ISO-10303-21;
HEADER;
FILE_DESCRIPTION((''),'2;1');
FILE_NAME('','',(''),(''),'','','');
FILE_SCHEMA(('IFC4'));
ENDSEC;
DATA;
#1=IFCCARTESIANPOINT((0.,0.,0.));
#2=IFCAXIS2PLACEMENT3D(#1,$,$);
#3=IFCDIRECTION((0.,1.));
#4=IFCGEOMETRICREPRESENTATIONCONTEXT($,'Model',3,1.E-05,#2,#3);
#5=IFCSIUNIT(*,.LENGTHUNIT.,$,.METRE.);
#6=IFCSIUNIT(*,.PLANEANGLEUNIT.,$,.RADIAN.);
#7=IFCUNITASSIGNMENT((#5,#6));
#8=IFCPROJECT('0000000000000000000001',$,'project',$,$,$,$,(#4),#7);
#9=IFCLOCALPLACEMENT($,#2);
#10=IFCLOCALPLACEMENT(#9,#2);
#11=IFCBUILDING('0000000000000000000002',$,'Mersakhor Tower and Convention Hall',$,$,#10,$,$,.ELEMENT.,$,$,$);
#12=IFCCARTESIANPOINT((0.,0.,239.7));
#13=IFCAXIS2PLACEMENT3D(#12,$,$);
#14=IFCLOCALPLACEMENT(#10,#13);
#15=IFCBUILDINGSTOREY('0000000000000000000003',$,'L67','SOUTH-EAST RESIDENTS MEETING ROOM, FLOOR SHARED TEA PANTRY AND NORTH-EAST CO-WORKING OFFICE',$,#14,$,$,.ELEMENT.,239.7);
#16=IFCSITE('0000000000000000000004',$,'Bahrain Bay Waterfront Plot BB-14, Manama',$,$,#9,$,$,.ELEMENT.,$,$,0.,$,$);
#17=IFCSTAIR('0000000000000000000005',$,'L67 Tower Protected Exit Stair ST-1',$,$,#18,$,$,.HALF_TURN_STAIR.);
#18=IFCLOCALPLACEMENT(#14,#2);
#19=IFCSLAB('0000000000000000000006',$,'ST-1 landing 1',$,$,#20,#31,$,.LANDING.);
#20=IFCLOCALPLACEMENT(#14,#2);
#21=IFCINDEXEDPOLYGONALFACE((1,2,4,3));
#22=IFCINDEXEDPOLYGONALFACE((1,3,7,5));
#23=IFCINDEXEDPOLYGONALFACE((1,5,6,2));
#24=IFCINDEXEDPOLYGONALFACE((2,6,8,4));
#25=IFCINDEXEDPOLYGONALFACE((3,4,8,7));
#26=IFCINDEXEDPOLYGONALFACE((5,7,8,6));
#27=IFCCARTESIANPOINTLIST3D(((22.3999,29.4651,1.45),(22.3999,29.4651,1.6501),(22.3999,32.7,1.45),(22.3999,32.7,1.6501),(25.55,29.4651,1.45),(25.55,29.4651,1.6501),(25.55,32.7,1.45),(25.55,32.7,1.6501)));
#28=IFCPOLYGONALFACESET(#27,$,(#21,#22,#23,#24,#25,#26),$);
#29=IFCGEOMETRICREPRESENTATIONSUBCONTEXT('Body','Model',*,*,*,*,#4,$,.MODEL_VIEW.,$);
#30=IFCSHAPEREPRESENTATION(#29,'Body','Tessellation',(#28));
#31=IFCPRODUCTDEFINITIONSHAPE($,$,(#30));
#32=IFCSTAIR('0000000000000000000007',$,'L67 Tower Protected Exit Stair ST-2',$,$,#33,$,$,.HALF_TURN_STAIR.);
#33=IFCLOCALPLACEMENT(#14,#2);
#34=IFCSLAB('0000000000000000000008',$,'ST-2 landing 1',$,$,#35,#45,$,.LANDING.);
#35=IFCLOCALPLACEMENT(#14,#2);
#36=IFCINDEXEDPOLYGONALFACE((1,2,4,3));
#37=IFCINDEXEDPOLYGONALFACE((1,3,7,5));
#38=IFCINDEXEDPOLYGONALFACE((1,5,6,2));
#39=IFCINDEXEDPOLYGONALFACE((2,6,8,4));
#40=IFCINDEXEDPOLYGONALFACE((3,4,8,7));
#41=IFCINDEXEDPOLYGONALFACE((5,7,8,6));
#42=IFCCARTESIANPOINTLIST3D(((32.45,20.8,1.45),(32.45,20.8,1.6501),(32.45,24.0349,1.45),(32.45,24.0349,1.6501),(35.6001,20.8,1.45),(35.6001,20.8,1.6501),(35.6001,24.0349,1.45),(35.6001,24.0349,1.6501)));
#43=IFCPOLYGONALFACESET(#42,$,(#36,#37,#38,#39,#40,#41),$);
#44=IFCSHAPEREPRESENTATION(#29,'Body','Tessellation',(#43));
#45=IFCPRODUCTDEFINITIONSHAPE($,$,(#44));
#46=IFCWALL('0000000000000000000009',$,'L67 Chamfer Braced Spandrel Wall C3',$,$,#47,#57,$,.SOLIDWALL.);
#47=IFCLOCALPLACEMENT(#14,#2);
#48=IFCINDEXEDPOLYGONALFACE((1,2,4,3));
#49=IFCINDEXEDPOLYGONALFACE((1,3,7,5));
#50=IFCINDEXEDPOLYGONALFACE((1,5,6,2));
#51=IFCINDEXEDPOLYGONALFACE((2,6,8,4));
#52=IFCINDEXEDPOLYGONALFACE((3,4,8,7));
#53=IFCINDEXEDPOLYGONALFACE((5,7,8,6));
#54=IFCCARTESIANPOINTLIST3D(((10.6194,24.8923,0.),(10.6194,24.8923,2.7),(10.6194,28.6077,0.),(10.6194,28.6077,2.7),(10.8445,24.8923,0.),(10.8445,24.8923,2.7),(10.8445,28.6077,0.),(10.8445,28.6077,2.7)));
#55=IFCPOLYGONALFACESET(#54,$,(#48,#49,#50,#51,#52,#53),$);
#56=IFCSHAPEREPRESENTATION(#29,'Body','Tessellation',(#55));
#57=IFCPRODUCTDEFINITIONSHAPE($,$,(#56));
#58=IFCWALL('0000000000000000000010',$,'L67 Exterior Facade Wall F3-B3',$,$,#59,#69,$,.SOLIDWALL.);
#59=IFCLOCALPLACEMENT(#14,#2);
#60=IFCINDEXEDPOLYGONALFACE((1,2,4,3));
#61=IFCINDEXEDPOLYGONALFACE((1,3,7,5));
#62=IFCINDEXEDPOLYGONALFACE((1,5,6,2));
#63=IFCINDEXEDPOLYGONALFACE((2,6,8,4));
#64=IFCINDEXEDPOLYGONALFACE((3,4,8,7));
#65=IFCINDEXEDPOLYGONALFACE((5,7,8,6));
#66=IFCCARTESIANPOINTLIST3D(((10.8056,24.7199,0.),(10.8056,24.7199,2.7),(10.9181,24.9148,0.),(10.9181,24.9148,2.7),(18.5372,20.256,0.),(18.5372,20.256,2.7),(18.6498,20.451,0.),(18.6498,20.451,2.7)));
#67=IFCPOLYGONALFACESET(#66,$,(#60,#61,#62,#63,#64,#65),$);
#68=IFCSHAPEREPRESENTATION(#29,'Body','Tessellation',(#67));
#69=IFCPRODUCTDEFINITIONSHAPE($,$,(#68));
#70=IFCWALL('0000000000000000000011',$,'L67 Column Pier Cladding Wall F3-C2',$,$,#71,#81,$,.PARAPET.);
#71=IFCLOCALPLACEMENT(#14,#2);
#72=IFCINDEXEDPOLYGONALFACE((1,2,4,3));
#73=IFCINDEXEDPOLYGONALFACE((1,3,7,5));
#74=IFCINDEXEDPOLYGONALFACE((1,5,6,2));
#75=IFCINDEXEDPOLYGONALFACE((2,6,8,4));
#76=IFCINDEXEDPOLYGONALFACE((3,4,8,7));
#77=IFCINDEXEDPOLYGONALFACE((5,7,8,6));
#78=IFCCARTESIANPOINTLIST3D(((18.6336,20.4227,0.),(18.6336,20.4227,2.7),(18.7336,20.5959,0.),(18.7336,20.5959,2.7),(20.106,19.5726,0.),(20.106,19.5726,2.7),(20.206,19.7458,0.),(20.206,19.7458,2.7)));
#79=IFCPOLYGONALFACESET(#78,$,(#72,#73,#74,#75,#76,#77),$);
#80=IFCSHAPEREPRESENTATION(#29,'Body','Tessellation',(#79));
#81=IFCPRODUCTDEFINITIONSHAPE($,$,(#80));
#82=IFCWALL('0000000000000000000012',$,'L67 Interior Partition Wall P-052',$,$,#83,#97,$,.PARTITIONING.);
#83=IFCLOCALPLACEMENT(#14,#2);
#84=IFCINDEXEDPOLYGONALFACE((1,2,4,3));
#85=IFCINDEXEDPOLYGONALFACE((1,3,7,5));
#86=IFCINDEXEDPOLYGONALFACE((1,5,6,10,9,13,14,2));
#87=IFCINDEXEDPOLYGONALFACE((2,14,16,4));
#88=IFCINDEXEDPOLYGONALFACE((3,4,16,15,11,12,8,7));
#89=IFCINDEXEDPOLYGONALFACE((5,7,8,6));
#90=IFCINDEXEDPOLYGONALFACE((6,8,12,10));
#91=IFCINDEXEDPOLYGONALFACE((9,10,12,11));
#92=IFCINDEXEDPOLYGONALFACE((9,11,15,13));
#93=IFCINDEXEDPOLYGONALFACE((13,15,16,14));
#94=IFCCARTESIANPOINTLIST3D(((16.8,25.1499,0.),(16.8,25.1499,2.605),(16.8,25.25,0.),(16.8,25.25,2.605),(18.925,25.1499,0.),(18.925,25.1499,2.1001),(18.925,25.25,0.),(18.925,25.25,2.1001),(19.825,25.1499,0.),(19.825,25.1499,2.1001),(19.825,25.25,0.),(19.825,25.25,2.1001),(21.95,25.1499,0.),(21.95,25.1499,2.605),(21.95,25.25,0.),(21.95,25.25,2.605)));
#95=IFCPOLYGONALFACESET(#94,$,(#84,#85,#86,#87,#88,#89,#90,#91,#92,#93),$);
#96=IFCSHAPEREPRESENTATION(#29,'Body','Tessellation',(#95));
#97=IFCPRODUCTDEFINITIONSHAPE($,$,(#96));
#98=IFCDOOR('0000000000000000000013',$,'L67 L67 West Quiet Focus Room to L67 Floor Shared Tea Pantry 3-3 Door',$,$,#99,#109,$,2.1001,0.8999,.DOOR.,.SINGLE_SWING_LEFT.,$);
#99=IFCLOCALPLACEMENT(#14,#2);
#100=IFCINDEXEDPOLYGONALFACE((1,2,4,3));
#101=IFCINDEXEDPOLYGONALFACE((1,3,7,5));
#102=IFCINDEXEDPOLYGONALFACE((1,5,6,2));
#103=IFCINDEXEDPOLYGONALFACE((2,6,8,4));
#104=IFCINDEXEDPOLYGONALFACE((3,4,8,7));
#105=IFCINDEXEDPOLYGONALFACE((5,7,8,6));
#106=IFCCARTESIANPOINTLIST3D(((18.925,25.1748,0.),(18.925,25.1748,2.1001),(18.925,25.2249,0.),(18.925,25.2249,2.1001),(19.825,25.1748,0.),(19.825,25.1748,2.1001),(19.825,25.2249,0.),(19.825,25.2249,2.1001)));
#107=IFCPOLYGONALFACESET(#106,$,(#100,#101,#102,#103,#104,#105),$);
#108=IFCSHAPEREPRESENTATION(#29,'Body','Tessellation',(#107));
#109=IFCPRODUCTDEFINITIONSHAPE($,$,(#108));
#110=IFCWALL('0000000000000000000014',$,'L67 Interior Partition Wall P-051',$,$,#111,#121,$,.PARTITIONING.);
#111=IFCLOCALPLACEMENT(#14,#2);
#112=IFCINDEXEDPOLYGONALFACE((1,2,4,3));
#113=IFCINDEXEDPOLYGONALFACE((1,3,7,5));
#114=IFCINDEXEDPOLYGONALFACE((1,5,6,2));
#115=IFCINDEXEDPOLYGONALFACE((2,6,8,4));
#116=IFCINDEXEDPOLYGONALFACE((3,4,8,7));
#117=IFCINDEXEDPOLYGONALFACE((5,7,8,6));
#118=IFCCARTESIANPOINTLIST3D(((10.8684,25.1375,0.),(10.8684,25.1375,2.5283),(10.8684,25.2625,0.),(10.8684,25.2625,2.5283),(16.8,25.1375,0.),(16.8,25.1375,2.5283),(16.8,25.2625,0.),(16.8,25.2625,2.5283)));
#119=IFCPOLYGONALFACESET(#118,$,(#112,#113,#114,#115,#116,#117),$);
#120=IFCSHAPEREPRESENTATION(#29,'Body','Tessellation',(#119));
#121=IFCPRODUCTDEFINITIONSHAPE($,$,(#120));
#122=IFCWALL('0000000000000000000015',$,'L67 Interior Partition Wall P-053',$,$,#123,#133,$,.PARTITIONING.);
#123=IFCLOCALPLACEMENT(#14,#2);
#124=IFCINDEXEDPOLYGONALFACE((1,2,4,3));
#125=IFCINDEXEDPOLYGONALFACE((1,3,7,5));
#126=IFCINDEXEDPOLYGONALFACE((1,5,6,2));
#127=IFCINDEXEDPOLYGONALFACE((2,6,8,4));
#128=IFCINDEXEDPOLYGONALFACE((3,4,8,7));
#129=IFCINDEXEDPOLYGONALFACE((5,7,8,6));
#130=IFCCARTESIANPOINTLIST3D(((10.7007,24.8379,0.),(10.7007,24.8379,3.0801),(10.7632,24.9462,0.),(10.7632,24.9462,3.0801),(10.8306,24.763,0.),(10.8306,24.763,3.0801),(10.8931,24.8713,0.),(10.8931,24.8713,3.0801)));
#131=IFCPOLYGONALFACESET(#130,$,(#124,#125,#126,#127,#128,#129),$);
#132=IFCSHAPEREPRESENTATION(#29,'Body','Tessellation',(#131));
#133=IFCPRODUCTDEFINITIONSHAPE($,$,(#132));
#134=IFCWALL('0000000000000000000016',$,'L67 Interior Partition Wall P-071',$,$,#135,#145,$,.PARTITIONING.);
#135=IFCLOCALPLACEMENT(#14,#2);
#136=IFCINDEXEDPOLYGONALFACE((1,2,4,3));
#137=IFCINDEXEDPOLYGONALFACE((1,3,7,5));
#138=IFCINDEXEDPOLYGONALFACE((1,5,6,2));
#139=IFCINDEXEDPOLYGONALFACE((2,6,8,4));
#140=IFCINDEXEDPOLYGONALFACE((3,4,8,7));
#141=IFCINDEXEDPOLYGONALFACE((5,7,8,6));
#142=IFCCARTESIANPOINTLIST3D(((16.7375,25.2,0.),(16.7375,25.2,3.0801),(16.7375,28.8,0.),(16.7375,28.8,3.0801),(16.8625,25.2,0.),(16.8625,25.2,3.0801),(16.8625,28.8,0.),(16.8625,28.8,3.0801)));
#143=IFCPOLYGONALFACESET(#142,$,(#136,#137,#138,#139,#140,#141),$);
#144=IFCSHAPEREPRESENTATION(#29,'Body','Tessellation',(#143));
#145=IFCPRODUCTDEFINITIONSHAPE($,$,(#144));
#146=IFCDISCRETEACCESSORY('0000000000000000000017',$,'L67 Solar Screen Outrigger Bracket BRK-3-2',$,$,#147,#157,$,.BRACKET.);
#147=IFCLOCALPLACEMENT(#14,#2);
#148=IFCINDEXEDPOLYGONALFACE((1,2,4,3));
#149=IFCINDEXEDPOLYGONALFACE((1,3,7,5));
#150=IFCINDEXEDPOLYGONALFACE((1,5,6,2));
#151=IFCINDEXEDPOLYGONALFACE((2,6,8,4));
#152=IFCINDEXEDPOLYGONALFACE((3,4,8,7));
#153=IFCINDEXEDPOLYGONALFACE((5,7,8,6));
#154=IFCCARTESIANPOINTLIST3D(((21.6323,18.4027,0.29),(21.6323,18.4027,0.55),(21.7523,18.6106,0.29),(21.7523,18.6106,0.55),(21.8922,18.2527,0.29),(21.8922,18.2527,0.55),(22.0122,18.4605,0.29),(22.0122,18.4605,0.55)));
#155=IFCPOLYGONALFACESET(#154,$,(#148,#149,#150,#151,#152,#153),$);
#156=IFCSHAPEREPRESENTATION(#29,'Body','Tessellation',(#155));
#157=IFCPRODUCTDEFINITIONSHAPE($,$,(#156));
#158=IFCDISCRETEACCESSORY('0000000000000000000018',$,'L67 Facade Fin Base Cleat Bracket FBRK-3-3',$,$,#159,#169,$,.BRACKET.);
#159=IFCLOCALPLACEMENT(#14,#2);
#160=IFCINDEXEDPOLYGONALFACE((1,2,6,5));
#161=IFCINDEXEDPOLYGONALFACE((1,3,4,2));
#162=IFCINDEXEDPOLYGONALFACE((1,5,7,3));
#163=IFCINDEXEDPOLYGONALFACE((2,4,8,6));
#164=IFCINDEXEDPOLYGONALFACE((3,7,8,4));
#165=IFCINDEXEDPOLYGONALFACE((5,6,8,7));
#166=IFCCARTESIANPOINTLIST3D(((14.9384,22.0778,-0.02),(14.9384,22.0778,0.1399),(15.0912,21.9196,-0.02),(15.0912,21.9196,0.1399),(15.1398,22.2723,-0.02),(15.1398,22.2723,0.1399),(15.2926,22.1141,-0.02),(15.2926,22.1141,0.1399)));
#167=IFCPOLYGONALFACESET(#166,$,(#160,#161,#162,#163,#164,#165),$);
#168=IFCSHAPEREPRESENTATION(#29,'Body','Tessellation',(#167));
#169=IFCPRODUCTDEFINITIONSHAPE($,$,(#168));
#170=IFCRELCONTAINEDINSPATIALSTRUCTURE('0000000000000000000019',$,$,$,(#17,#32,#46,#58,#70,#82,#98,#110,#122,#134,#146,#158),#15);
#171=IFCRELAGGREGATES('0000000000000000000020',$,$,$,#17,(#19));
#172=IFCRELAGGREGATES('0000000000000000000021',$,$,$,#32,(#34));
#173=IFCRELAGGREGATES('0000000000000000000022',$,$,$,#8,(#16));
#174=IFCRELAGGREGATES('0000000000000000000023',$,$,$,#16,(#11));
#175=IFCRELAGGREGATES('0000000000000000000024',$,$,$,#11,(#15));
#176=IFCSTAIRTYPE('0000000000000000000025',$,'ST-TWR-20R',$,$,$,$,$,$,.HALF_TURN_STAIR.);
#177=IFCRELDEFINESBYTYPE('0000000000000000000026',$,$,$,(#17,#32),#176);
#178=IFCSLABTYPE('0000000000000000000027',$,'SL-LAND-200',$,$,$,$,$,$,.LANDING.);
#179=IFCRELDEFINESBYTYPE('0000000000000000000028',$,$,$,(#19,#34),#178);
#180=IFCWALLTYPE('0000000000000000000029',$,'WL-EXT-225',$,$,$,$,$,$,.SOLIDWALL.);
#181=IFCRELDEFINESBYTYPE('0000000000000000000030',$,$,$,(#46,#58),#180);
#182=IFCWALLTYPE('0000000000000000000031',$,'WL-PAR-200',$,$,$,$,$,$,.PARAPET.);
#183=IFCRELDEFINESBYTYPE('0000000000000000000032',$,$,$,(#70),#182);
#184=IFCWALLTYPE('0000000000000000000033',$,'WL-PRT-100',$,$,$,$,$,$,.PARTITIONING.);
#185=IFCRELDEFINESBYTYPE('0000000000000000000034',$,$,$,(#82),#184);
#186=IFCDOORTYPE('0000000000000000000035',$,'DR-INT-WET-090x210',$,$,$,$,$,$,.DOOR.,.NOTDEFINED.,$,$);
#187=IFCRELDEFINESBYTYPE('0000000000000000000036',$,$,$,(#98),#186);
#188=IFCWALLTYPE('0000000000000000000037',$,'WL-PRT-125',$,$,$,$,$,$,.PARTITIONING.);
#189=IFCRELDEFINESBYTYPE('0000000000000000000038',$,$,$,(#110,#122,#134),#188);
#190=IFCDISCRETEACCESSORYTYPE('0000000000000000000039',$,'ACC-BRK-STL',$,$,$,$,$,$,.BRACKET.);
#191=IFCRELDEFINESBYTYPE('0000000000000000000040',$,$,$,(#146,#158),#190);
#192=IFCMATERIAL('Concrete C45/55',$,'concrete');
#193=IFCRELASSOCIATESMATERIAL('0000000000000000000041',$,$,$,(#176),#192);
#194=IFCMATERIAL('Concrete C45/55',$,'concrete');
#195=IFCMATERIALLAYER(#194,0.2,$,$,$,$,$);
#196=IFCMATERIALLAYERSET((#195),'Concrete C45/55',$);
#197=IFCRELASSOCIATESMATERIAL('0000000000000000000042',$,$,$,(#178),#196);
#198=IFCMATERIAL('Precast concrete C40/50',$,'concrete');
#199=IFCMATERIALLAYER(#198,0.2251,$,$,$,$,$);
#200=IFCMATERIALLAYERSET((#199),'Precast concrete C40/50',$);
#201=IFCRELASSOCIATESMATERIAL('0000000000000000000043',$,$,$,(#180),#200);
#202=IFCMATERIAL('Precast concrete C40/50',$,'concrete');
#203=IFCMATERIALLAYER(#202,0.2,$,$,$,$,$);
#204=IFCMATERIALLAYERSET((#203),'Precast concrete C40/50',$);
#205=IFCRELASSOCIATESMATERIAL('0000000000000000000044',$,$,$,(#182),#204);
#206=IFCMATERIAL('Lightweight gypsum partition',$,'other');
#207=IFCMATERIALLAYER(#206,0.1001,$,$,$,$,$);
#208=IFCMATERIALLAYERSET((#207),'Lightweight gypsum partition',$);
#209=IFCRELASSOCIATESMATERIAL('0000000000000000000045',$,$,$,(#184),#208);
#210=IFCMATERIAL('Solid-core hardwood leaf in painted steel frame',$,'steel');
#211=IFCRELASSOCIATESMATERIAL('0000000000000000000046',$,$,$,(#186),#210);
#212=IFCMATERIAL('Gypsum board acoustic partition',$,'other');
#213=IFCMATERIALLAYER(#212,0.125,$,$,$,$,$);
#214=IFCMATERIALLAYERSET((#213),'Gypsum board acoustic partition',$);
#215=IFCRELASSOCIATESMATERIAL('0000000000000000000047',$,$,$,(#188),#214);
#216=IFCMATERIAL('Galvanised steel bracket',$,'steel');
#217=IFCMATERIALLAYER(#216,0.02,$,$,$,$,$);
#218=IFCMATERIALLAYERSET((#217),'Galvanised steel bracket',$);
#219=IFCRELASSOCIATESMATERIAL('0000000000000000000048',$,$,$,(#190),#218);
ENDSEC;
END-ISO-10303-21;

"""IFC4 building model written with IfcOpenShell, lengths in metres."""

from ifc_helpers import new_model, si_unit, direction, frame, frame_2d, origin, origin_2d, place, context, subcontext, project, spatial, polyline, rectangle, outline, extrude, material, layer, layer_set, type_object, element, fill, aggregate, save


model = new_model("IFC4")

# Units and contexts
model_context = context("Model", 3, precision=1e-05, world=origin(), true_north=direction((0.0, 1.0)))
body_context = subcontext(model_context, "Body", "Model", "MODEL_VIEW")
ifc_project = project(units=[si_unit("LENGTHUNIT", "METRE"), si_unit("PLANEANGLEUNIT", "RADIAN")], contexts=[model_context])

# Site, building, storey
site_placement = place(None, origin())
site = spatial("IfcSite", under=ifc_project, at=site_placement, Name="Bahrain Bay Waterfront Plot BB-14, Manama", CompositionType="ELEMENT", RefElevation=0.0)
building_placement = place(site_placement, origin())
building = spatial("IfcBuilding", under=site, at=building_placement, Name="Mersakhor Tower and Convention Hall", CompositionType="ELEMENT")
storey_placement = place(building_placement, frame((0.0, 0.0, 239.7)))
storey = spatial("IfcBuildingStorey", under=building, at=storey_placement, Name="L67", Description="SOUTH-EAST RESIDENTS MEETING ROOM, FLOOR SHARED TEA PANTRY AND NORTH-EAST CO-WORKING OFFICE", CompositionType="ELEMENT", Elevation=239.7)

# Stairs, slabs
ifc_material_1 = material(Name="Concrete C45/55", Category="concrete")
stair_type = type_object("IfcStairType", Name="ST-TWR-20R", PredefinedType="HALF_TURN_STAIR", material=ifc_material_1)
stair_1_placement = place(storey_placement, origin())
stair_1 = element("IfcStair", 1, at=stair_1_placement, inside=storey, type_object=stair_type, Name="L67 Tower Protected Exit Stair ST-1", PredefinedType="HALF_TURN_STAIR")
ifc_material_2 = material(Name="Concrete C45/55", Category="concrete")
ifc_layer_1 = layer(ifc_material_2, 0.2)
ifc_layer_set_1 = layer_set([ifc_layer_1], Name="Concrete C45/55")
slab_type_1 = type_object("IfcSlabType", Name="SL-LAND-200", PredefinedType="LANDING", material=ifc_layer_set_1)
slab_1_placement = place(storey_placement, frame((0.0, 0.0, 1.45)))
slab_1 = element("IfcSlab", 2, at=slab_1_placement, type_object=slab_type_1, Name="ST-1 landing 1", PredefinedType="LANDING", context=body_context, shape_type="SweptSolid", body=[
    extrude(outline(polyline([(25.55, 29.4651), (25.55, 32.7), (22.3999, 32.7), (22.3999, 29.4651), (25.55, 29.4651)])), origin(), (0.0, 0.0, 1.0), 0.2002),
])
aggregate(stair_1, [slab_1])
stair_2_placement = place(storey_placement, origin())
stair_2 = element("IfcStair", 3, at=stair_2_placement, inside=storey, type_object=stair_type, Name="L67 Tower Protected Exit Stair ST-2", PredefinedType="HALF_TURN_STAIR")
slab_2_placement = place(storey_placement, frame((0.0, 0.0, 1.45)))
slab_2 = element("IfcSlab", 4, at=slab_2_placement, type_object=slab_type_1, Name="ST-2 landing 1", PredefinedType="LANDING", context=body_context, shape_type="SweptSolid", body=[
    extrude(outline(polyline([(32.45, 24.0349), (32.45, 20.8), (35.6001, 20.8), (35.6001, 24.0349), (32.45, 24.0349)])), origin(), (0.0, 0.0, 1.0), 0.2002),
])
aggregate(stair_2, [slab_2])

# Walls
ifc_material_3 = material(Name="Precast concrete C40/50", Category="concrete")
ifc_layer_2 = layer(ifc_material_3, 0.2251)
ifc_layer_set_2 = layer_set([ifc_layer_2], Name="Precast concrete C40/50")
wall_type_1 = type_object("IfcWallType", Name="WL-EXT-225", PredefinedType="SOLIDWALL", material=ifc_layer_set_2)
wall_1_placement = place(storey_placement, frame((10.7319, 24.8923, 0.0), z_axis=(0.0, 0.0, 1.0), x_axis=(0.0, 1.0, 0.0)))
element("IfcWall", 5, at=wall_1_placement, inside=storey, type_object=wall_type_1, Name="L67 Chamfer Braced Spandrel Wall C3", PredefinedType="SOLIDWALL", context=body_context, shape_type="SweptSolid", body=[
    extrude(rectangle(XDim=3.7153, YDim=0.2251, at=frame_2d((1.8577, 0.0))), origin(), (0.0, 0.0, 1.0), 2.7),
])
wall_2_placement = place(storey_placement, frame((18.5935, 20.3535, 0.0), z_axis=(0.0, 0.0, 1.0), x_axis=(-0.866027, 0.499998, 0.0)))
element("IfcWall", 6, at=wall_2_placement, inside=storey, type_object=wall_type_1, Name="L67 Exterior Facade Wall F3-B3", PredefinedType="SOLIDWALL", context=body_context, shape_type="SweptSolid", body=[
    extrude(rectangle(XDim=8.9277, YDim=0.2251, at=frame_2d((4.4639, 0.0))), origin(), (0.0, 0.0, 1.0), 2.7),
])
ifc_material_4 = material(Name="Precast concrete C40/50", Category="concrete")
ifc_layer_3 = layer(ifc_material_4, 0.2)
ifc_layer_set_3 = layer_set([ifc_layer_3], Name="Precast concrete C40/50")
wall_type_2 = type_object("IfcWallType", Name="WL-PAR-200", PredefinedType="PARAPET", material=ifc_layer_set_3)
wall_3_placement = place(storey_placement, frame((20.156, 19.6592, 0.0), z_axis=(0.0, 0.0, 1.0), x_axis=(-0.866025, 0.5, 0.0)))
element("IfcWall", 7, at=wall_3_placement, inside=storey, type_object=wall_type_2, Name="L67 Column Pier Cladding Wall F3-C2", PredefinedType="PARAPET", context=body_context, shape_type="SweptSolid", body=[
    extrude(rectangle(XDim=1.7002, YDim=0.2, at=frame_2d((0.8501, 0.0))), origin(), (0.0, 0.0, 1.0), 2.7),
])

# Wall, opening, door
ifc_material_5 = material(Name="Lightweight gypsum partition", Category="other")
ifc_layer_4 = layer(ifc_material_5, 0.1001)
ifc_layer_set_4 = layer_set([ifc_layer_4], Name="Lightweight gypsum partition")
wall_type_3 = type_object("IfcWallType", Name="WL-PRT-100", PredefinedType="PARTITIONING", material=ifc_layer_set_4)
wall_4_placement = place(storey_placement, frame((16.8, 25.2, 0.0), z_axis=(0.0, 0.0, 1.0), x_axis=(1.0, 0.0, 0.0)))
wall_4 = element("IfcWall", 8, at=wall_4_placement, inside=storey, type_object=wall_type_3, Name="L67 Interior Partition Wall P-052", PredefinedType="PARTITIONING", context=body_context, shape_type="SweptSolid", body=[
    extrude(rectangle(XDim=5.1499, YDim=0.1001, at=frame_2d((2.575, 0.0))), origin(), (0.0, 0.0, 1.0), 2.605),
])
opening_placement = place(wall_4_placement, frame((2.125, 0.0, 0.0)))
opening = element("IfcOpeningElement", 9, at=opening_placement, cuts=wall_4, PredefinedType="OPENING", context=body_context, shape_type="SweptSolid", body=[
    extrude(rectangle(XDim=0.8999, YDim=2.1001, at=frame_2d((0.45, 1.05))), frame((0.0, 0.0601, 0.0), z_axis=(0.0, -1.0, 0.0), x_axis=(1.0, 0.0, 0.0)), (0.0, 0.0, 1.0), 0.1201),
])
ifc_material_6 = material(Name="Solid-core hardwood leaf in painted steel frame", Category="steel")
door_type = type_object("IfcDoorType", Name="DR-INT-WET-090x210", OperationType="NOTDEFINED", PredefinedType="DOOR", material=ifc_material_6)
door_placement = place(opening_placement, origin())
door = element("IfcDoor", 10, at=door_placement, inside=storey, type_object=door_type, Name="L67 L67 West Quiet Focus Room to L67 Floor Shared Tea Pantry 3-3 Door", OperationType="SINGLE_SWING_LEFT", OverallHeight=2.1001, OverallWidth=0.8999, PredefinedType="DOOR", context=body_context, shape_type="SweptSolid", body=[
    extrude(rectangle(XDim=0.8999, YDim=2.1001, at=frame_2d((0.45, 1.05))), frame((0.0, 0.0249, 0.0), z_axis=(0.0, -1.0, 0.0), x_axis=(1.0, 0.0, 0.0)), (0.0, 0.0, 1.0), 0.05),
])
fill(opening, door)

# Walls
ifc_material_7 = material(Name="Gypsum board acoustic partition", Category="other")
ifc_layer_5 = layer(ifc_material_7, 0.125)
ifc_layer_set_5 = layer_set([ifc_layer_5], Name="Gypsum board acoustic partition")
wall_type_4 = type_object("IfcWallType", Name="WL-PRT-125", PredefinedType="PARTITIONING", material=ifc_layer_set_5)
wall_5_placement = place(storey_placement, frame((10.8684, 25.2, 0.0), z_axis=(0.0, 0.0, 1.0), x_axis=(1.0, 0.0, 0.0)))
element("IfcWall", 11, at=wall_5_placement, inside=storey, type_object=wall_type_4, Name="L67 Interior Partition Wall P-051", PredefinedType="PARTITIONING", context=body_context, shape_type="SweptSolid", body=[
    extrude(rectangle(XDim=5.9316, YDim=0.125, at=frame_2d((2.9658, 0.0))), origin(), (0.0, 0.0, 1.0), 2.5283),
])
wall_6_placement = place(storey_placement, frame((10.8618, 24.8171, 0.0), z_axis=(0.0, 0.0, 1.0), x_axis=(-0.866131, 0.499816, 0.0)))
element("IfcWall", 12, at=wall_6_placement, inside=storey, type_object=wall_type_4, Name="L67 Interior Partition Wall P-053", PredefinedType="PARTITIONING", context=body_context, shape_type="SweptSolid", body=[
    extrude(rectangle(XDim=0.1499, YDim=0.125, at=frame_2d((0.075, 0.0))), origin(), (0.0, 0.0, 1.0), 3.0801),
])
wall_7_placement = place(storey_placement, frame((16.8, 25.2, 0.0), z_axis=(0.0, 0.0, 1.0), x_axis=(0.0, 1.0, 0.0)))
element("IfcWall", 13, at=wall_7_placement, inside=storey, type_object=wall_type_4, Name="L67 Interior Partition Wall P-071", PredefinedType="PARTITIONING", context=body_context, shape_type="SweptSolid", body=[
    extrude(rectangle(XDim=3.6001, YDim=0.125, at=frame_2d((1.8, 0.0))), origin(), (0.0, 0.0, 1.0), 3.0801),
])

# Discrete accessories
ifc_material_8 = material(Name="Galvanised steel bracket", Category="steel")
ifc_layer_6 = layer(ifc_material_8, 0.02)
ifc_layer_set_6 = layer_set([ifc_layer_6], Name="Galvanised steel bracket")
discrete_accessory_type = type_object("IfcDiscreteAccessoryType", Name="ACC-BRK-STL", PredefinedType="BRACKET", material=ifc_layer_set_6)
discrete_accessory_1_placement = place(storey_placement, frame((21.8223, 18.4316, 0.29), z_axis=(0.0, 0.0, 1.0), x_axis=(-0.866025, 0.5, 0.0)))
element("IfcDiscreteAccessory", 14, at=discrete_accessory_1_placement, inside=storey, type_object=discrete_accessory_type, Name="L67 Solar Screen Outrigger Bracket BRK-3-2", PredefinedType="BRACKET", context=body_context, shape_type="SweptSolid", body=[
    extrude(rectangle(XDim=0.3, YDim=0.24, at=origin_2d()), origin(), (0.0, 0.0, 1.0), 0.26),
])
discrete_accessory_2_placement = place(storey_placement, frame((15.1155, 22.0959, -0.02), z_axis=(0.0, 0.0, 1.0), x_axis=(-0.71934, -0.694658, 0.0)))
element("IfcDiscreteAccessory", 15, at=discrete_accessory_2_placement, inside=storey, type_object=discrete_accessory_type, Name="L67 Facade Fin Base Cleat Bracket FBRK-3-3", PredefinedType="BRACKET", context=body_context, shape_type="SweptSolid", body=[
    extrude(rectangle(XDim=0.28, YDim=0.22, at=origin_2d()), origin(), (0.0, 0.0, 1.0), 0.1599),
])

save(model, "model.ifc")
